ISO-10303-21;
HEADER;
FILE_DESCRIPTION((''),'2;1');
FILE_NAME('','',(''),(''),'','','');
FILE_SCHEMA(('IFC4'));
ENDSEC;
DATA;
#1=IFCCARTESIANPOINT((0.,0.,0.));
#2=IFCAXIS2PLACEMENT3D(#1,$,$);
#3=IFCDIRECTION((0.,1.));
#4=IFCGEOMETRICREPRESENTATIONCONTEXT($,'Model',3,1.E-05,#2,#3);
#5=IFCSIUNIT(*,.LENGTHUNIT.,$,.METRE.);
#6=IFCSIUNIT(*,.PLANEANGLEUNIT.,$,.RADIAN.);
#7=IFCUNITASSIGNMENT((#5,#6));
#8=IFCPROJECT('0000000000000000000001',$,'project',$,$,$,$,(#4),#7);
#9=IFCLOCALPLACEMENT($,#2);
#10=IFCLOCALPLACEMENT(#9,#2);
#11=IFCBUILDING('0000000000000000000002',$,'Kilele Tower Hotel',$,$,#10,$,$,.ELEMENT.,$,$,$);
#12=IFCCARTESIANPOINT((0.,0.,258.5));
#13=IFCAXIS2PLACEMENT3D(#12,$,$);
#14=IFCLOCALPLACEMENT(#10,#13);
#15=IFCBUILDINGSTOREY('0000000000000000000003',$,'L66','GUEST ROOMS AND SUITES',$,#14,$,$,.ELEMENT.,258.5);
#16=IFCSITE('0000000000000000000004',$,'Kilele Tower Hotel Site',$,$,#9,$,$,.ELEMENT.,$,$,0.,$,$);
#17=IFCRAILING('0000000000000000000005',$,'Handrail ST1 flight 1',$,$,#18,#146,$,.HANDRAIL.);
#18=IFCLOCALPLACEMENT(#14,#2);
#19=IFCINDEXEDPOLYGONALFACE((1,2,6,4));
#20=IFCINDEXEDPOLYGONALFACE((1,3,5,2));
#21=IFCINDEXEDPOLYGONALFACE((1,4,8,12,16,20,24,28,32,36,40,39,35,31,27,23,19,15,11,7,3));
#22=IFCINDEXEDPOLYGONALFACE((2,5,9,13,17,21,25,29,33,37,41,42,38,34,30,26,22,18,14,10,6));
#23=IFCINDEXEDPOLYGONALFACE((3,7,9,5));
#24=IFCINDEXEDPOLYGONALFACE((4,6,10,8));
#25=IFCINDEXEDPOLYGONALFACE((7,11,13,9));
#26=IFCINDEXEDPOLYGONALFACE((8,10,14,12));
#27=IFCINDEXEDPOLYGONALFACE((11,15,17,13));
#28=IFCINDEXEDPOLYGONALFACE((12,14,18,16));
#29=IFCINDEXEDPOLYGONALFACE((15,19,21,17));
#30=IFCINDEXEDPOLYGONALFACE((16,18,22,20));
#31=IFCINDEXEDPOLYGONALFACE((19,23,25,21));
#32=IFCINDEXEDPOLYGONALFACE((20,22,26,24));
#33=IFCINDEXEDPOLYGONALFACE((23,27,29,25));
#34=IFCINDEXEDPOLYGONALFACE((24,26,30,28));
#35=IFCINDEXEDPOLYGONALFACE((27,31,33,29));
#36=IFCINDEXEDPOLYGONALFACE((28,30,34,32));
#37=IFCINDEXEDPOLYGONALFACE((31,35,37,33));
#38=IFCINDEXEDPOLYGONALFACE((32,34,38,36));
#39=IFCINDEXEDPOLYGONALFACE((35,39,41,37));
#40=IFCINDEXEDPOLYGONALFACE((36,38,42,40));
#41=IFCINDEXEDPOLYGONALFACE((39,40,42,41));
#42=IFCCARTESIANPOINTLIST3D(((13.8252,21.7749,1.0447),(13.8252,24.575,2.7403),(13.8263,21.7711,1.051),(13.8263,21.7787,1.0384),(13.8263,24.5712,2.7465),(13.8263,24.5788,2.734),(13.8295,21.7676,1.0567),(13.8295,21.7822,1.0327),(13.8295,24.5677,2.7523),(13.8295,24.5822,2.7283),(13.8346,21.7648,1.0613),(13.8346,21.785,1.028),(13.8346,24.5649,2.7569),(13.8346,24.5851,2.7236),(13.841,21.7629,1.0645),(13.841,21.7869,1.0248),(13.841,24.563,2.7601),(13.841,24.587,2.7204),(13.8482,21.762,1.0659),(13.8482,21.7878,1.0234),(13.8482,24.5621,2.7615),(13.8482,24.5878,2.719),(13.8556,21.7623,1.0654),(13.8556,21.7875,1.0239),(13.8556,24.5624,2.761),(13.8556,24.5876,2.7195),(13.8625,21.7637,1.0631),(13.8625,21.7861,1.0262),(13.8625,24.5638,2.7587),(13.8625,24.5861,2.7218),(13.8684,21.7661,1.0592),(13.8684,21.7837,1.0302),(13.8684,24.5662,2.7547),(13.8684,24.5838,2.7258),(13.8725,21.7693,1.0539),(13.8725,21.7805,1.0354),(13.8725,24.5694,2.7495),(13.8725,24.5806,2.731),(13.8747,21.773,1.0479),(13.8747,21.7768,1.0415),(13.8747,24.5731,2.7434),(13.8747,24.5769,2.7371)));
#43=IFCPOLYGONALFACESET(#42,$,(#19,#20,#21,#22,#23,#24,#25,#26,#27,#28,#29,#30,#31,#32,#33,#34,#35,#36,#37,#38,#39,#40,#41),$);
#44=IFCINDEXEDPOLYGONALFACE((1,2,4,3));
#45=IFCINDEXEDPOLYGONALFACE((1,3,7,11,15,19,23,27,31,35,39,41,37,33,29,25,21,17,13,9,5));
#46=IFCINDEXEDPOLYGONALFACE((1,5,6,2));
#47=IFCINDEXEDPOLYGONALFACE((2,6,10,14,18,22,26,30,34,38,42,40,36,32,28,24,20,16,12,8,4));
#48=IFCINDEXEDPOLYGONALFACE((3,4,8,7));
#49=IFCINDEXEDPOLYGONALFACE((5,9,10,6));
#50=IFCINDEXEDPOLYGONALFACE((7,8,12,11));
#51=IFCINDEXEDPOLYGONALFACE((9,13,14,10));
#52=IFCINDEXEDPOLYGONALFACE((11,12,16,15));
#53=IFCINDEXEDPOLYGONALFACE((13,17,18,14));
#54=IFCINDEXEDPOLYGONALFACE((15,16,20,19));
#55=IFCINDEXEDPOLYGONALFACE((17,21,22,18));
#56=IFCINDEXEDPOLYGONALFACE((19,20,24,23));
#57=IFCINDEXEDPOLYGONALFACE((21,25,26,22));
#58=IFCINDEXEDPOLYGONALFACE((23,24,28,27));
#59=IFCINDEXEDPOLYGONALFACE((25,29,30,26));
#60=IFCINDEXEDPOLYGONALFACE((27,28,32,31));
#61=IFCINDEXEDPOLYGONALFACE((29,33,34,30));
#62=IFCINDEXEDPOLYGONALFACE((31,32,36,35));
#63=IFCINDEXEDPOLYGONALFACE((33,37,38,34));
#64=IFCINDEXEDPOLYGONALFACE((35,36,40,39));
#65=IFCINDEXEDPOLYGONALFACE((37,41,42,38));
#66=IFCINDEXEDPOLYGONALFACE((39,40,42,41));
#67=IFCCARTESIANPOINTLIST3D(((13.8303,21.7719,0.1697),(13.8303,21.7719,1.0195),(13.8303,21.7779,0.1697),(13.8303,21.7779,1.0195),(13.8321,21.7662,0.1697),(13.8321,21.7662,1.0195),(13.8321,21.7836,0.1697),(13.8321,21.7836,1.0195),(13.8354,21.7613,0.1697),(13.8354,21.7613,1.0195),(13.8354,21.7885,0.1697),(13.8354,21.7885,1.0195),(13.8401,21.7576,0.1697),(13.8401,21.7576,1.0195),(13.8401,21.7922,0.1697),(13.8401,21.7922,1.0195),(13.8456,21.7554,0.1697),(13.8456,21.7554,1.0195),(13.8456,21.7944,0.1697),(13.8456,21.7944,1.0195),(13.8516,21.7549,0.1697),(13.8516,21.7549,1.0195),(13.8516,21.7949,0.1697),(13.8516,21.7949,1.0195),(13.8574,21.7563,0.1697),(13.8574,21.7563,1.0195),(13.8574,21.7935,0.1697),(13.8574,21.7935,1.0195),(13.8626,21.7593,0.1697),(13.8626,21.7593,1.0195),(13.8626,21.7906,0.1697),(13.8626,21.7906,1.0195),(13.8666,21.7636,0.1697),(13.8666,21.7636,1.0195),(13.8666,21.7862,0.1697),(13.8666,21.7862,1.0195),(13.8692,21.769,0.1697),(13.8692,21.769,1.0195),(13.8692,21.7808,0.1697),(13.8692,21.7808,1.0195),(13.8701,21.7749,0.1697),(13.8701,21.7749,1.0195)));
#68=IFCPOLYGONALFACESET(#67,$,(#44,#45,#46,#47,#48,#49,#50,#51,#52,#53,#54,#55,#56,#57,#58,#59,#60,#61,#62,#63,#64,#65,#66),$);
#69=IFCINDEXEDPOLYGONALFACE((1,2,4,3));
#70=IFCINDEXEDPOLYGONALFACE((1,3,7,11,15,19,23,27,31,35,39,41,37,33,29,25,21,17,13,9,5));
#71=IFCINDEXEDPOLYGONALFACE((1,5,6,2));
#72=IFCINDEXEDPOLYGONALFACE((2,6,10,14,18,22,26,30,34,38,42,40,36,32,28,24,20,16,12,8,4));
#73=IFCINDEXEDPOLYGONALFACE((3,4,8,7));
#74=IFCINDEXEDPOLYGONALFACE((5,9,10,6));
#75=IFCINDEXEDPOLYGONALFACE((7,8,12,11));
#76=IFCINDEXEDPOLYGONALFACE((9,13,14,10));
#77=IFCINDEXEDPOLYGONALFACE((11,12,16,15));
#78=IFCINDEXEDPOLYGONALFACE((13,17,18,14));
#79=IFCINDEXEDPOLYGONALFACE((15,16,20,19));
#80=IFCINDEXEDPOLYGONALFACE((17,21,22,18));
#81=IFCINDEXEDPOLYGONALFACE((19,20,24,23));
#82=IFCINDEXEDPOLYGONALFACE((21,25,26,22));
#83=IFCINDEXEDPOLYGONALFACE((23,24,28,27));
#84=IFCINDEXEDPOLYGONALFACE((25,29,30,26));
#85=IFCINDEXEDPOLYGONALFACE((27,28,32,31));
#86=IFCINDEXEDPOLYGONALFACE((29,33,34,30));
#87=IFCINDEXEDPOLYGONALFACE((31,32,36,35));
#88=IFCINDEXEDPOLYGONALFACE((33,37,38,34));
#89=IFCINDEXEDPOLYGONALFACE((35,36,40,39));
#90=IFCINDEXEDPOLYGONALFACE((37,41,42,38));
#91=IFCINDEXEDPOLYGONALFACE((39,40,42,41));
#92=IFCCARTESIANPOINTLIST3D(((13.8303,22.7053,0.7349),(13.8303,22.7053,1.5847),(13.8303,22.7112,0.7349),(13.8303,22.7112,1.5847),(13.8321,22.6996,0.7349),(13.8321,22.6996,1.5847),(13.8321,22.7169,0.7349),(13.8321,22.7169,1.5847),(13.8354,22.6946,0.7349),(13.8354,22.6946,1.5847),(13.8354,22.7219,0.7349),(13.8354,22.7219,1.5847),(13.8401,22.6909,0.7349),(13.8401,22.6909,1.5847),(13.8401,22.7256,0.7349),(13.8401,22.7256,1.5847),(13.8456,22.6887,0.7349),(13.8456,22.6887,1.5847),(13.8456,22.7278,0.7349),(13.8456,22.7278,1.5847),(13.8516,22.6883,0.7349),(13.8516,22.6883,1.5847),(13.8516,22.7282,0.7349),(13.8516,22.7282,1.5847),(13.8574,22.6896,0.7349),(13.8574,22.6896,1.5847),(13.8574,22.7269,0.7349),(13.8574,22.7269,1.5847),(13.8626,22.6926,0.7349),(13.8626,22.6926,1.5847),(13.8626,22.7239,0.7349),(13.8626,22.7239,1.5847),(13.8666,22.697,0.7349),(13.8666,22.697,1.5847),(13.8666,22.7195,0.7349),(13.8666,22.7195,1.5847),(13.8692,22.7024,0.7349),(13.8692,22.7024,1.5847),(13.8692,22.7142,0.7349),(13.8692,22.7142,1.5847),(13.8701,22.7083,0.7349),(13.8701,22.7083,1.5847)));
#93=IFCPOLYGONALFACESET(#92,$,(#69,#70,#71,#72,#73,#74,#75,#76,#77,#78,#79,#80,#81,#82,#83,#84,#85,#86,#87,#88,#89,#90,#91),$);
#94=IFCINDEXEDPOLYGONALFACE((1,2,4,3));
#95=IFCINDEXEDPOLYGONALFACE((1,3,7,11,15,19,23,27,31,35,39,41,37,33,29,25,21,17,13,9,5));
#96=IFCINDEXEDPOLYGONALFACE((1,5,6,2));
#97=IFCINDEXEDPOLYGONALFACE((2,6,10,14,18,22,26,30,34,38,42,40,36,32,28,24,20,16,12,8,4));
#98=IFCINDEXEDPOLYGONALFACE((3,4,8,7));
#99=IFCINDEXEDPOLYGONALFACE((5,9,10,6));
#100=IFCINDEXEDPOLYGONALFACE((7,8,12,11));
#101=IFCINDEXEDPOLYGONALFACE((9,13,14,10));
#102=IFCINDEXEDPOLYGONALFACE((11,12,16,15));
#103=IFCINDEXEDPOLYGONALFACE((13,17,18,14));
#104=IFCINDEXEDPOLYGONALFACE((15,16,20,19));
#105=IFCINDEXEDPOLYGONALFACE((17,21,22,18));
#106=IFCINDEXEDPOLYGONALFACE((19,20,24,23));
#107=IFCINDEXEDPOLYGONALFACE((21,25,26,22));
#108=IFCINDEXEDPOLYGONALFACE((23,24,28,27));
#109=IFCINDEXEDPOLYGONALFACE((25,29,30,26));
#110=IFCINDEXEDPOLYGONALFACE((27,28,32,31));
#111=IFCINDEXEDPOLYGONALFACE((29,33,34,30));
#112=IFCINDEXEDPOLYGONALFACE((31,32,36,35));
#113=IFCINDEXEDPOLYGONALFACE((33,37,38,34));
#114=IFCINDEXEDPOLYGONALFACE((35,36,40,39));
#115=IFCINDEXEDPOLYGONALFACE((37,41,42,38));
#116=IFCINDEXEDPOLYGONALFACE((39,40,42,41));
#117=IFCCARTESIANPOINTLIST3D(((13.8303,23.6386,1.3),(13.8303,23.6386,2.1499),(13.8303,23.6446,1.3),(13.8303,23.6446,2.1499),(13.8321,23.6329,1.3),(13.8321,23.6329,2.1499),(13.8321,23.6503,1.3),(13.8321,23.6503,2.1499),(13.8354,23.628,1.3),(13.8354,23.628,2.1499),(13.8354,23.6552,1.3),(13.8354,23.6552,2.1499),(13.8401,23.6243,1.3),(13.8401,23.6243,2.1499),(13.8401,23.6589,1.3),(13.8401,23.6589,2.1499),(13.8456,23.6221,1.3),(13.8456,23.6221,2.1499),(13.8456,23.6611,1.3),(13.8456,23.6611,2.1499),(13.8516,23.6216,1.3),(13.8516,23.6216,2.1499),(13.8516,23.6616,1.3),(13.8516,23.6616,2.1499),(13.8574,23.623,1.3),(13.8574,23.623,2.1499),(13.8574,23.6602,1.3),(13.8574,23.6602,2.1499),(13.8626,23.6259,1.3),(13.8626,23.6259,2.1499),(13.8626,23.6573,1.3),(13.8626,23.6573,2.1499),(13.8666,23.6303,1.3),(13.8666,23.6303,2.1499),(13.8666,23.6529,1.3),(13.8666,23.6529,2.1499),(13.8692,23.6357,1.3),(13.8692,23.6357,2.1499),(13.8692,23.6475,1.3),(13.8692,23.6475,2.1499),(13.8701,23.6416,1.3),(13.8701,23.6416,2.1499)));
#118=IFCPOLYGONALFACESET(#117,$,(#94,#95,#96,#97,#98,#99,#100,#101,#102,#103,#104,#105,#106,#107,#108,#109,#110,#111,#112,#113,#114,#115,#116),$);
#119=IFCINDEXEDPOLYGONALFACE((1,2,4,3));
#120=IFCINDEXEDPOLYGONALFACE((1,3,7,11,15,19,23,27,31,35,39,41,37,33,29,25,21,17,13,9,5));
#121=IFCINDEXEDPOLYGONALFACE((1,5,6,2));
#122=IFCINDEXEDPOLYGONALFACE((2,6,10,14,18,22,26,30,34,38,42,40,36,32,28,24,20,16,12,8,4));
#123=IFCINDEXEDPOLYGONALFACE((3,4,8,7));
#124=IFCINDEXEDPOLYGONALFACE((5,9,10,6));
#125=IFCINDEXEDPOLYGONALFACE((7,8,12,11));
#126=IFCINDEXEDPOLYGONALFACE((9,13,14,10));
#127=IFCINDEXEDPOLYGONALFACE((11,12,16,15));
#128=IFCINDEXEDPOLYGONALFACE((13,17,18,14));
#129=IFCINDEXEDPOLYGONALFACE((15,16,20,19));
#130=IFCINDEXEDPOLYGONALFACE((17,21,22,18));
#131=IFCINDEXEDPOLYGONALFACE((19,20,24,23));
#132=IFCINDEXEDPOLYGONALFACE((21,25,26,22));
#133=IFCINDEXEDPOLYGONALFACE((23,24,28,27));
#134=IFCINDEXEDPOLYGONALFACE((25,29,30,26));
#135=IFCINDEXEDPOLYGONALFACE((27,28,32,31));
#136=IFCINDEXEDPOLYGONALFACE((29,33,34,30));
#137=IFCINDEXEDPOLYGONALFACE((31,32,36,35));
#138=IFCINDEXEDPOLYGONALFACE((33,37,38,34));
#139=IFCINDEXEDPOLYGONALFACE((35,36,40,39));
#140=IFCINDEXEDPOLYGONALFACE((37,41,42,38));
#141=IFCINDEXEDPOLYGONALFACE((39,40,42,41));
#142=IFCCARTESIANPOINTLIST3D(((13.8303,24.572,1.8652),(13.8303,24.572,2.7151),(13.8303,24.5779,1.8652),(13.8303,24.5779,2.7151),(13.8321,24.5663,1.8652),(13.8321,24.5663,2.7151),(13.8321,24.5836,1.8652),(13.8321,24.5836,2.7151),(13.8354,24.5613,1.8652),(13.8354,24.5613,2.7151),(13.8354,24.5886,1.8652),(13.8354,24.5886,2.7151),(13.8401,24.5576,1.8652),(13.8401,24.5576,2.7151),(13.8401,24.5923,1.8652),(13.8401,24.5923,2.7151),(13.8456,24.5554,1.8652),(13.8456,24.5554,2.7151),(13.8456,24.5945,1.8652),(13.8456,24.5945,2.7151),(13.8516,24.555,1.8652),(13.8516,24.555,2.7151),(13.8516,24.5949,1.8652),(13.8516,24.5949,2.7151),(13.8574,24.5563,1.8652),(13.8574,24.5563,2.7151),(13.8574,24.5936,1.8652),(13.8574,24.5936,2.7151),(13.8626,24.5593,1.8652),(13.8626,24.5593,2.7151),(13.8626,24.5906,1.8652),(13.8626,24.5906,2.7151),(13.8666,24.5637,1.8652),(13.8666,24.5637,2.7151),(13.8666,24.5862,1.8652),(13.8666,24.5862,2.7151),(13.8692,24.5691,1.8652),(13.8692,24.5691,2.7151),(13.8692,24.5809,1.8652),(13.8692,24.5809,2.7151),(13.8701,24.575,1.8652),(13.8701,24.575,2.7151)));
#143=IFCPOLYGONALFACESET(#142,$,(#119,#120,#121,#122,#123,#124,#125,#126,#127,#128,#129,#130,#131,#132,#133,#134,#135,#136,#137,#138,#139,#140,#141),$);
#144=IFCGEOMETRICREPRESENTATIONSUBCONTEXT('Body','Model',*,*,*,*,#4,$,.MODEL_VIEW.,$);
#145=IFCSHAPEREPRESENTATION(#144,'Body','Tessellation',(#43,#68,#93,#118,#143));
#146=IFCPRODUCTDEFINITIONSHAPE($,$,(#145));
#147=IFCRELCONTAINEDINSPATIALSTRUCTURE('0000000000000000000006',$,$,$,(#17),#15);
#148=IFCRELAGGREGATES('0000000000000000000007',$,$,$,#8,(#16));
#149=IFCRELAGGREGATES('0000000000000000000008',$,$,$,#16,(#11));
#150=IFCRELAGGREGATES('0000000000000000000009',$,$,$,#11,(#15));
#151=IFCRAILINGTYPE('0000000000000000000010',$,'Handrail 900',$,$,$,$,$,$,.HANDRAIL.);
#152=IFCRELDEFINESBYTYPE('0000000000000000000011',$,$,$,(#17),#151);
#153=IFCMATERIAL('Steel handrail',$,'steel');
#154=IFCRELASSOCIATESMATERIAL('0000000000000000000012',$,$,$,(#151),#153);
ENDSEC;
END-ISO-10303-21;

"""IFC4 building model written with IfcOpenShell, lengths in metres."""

from ifc_helpers import new_model, si_unit, direction, frame, origin, origin_2d, place, context, subcontext, project, spatial, circle, extrude, material, type_object, element, save


model = new_model("IFC4")

# Units and contexts
model_context = context("Model", 3, precision=1e-05, world=origin(), true_north=direction((0.0, 1.0)))
body_context = subcontext(model_context, "Body", "Model", "MODEL_VIEW")
ifc_project = project(units=[si_unit("LENGTHUNIT", "METRE"), si_unit("PLANEANGLEUNIT", "RADIAN")], contexts=[model_context])

# Site, building, storey
site_placement = place(None, origin())
site = spatial("IfcSite", under=ifc_project, at=site_placement, Name="Kilele Tower Hotel Site", CompositionType="ELEMENT", RefElevation=0.0)
building_placement = place(site_placement, origin())
building = spatial("IfcBuilding", under=site, at=building_placement, Name="Kilele Tower Hotel", CompositionType="ELEMENT")
storey_placement = place(building_placement, frame((0.0, 0.0, 258.5)))
storey = spatial("IfcBuildingStorey", under=building, at=storey_placement, Name="L66", Description="GUEST ROOMS AND SUITES", CompositionType="ELEMENT", Elevation=258.5)

# Railing
ifc_material_1 = material(Name="Steel handrail", Category="steel")
railing_type_1 = type_object("IfcRailingType", Name="Handrail 900", PredefinedType="HANDRAIL", material=ifc_material_1)
for number, where, name in (
    (1, (13.8501, 21.7749, 0.1697), "Handrail ST1 flight 1"),
):
    element("IfcRailing", number, at=place(storey_placement, frame(where)), inside=storey, type_object=railing_type_1, Name=name, PredefinedType="HANDRAIL", context=body_context, shape_type="SweptSolid", body=[
        extrude(circle(Radius=0.0249, at=origin_2d()), frame((0.0, 0.0, 0.875), z_axis=(0.0, 0.855393, 0.517979), x_axis=(-1.0, 0.0, 0.0)), (0.0, 0.0, 1.0), 3.2734),
        extrude(circle(Radius=0.02, at=origin_2d()), origin(), (0.0, 0.0, 1.0), 0.8499),
        extrude(circle(Radius=0.02, at=origin_2d()), frame((0.0, 0.9333, 0.5652)), (0.0, 0.0, 1.0), 0.8499),
        extrude(circle(Radius=0.02, at=origin_2d()), frame((0.0, 1.8667, 1.1304)), (0.0, 0.0, 1.0), 0.8499),
        extrude(circle(Radius=0.02, at=origin_2d()), frame((0.0, 2.8, 1.6956)), (0.0, 0.0, 1.0), 0.8499),
    ])

save(model, "model.ifc")
